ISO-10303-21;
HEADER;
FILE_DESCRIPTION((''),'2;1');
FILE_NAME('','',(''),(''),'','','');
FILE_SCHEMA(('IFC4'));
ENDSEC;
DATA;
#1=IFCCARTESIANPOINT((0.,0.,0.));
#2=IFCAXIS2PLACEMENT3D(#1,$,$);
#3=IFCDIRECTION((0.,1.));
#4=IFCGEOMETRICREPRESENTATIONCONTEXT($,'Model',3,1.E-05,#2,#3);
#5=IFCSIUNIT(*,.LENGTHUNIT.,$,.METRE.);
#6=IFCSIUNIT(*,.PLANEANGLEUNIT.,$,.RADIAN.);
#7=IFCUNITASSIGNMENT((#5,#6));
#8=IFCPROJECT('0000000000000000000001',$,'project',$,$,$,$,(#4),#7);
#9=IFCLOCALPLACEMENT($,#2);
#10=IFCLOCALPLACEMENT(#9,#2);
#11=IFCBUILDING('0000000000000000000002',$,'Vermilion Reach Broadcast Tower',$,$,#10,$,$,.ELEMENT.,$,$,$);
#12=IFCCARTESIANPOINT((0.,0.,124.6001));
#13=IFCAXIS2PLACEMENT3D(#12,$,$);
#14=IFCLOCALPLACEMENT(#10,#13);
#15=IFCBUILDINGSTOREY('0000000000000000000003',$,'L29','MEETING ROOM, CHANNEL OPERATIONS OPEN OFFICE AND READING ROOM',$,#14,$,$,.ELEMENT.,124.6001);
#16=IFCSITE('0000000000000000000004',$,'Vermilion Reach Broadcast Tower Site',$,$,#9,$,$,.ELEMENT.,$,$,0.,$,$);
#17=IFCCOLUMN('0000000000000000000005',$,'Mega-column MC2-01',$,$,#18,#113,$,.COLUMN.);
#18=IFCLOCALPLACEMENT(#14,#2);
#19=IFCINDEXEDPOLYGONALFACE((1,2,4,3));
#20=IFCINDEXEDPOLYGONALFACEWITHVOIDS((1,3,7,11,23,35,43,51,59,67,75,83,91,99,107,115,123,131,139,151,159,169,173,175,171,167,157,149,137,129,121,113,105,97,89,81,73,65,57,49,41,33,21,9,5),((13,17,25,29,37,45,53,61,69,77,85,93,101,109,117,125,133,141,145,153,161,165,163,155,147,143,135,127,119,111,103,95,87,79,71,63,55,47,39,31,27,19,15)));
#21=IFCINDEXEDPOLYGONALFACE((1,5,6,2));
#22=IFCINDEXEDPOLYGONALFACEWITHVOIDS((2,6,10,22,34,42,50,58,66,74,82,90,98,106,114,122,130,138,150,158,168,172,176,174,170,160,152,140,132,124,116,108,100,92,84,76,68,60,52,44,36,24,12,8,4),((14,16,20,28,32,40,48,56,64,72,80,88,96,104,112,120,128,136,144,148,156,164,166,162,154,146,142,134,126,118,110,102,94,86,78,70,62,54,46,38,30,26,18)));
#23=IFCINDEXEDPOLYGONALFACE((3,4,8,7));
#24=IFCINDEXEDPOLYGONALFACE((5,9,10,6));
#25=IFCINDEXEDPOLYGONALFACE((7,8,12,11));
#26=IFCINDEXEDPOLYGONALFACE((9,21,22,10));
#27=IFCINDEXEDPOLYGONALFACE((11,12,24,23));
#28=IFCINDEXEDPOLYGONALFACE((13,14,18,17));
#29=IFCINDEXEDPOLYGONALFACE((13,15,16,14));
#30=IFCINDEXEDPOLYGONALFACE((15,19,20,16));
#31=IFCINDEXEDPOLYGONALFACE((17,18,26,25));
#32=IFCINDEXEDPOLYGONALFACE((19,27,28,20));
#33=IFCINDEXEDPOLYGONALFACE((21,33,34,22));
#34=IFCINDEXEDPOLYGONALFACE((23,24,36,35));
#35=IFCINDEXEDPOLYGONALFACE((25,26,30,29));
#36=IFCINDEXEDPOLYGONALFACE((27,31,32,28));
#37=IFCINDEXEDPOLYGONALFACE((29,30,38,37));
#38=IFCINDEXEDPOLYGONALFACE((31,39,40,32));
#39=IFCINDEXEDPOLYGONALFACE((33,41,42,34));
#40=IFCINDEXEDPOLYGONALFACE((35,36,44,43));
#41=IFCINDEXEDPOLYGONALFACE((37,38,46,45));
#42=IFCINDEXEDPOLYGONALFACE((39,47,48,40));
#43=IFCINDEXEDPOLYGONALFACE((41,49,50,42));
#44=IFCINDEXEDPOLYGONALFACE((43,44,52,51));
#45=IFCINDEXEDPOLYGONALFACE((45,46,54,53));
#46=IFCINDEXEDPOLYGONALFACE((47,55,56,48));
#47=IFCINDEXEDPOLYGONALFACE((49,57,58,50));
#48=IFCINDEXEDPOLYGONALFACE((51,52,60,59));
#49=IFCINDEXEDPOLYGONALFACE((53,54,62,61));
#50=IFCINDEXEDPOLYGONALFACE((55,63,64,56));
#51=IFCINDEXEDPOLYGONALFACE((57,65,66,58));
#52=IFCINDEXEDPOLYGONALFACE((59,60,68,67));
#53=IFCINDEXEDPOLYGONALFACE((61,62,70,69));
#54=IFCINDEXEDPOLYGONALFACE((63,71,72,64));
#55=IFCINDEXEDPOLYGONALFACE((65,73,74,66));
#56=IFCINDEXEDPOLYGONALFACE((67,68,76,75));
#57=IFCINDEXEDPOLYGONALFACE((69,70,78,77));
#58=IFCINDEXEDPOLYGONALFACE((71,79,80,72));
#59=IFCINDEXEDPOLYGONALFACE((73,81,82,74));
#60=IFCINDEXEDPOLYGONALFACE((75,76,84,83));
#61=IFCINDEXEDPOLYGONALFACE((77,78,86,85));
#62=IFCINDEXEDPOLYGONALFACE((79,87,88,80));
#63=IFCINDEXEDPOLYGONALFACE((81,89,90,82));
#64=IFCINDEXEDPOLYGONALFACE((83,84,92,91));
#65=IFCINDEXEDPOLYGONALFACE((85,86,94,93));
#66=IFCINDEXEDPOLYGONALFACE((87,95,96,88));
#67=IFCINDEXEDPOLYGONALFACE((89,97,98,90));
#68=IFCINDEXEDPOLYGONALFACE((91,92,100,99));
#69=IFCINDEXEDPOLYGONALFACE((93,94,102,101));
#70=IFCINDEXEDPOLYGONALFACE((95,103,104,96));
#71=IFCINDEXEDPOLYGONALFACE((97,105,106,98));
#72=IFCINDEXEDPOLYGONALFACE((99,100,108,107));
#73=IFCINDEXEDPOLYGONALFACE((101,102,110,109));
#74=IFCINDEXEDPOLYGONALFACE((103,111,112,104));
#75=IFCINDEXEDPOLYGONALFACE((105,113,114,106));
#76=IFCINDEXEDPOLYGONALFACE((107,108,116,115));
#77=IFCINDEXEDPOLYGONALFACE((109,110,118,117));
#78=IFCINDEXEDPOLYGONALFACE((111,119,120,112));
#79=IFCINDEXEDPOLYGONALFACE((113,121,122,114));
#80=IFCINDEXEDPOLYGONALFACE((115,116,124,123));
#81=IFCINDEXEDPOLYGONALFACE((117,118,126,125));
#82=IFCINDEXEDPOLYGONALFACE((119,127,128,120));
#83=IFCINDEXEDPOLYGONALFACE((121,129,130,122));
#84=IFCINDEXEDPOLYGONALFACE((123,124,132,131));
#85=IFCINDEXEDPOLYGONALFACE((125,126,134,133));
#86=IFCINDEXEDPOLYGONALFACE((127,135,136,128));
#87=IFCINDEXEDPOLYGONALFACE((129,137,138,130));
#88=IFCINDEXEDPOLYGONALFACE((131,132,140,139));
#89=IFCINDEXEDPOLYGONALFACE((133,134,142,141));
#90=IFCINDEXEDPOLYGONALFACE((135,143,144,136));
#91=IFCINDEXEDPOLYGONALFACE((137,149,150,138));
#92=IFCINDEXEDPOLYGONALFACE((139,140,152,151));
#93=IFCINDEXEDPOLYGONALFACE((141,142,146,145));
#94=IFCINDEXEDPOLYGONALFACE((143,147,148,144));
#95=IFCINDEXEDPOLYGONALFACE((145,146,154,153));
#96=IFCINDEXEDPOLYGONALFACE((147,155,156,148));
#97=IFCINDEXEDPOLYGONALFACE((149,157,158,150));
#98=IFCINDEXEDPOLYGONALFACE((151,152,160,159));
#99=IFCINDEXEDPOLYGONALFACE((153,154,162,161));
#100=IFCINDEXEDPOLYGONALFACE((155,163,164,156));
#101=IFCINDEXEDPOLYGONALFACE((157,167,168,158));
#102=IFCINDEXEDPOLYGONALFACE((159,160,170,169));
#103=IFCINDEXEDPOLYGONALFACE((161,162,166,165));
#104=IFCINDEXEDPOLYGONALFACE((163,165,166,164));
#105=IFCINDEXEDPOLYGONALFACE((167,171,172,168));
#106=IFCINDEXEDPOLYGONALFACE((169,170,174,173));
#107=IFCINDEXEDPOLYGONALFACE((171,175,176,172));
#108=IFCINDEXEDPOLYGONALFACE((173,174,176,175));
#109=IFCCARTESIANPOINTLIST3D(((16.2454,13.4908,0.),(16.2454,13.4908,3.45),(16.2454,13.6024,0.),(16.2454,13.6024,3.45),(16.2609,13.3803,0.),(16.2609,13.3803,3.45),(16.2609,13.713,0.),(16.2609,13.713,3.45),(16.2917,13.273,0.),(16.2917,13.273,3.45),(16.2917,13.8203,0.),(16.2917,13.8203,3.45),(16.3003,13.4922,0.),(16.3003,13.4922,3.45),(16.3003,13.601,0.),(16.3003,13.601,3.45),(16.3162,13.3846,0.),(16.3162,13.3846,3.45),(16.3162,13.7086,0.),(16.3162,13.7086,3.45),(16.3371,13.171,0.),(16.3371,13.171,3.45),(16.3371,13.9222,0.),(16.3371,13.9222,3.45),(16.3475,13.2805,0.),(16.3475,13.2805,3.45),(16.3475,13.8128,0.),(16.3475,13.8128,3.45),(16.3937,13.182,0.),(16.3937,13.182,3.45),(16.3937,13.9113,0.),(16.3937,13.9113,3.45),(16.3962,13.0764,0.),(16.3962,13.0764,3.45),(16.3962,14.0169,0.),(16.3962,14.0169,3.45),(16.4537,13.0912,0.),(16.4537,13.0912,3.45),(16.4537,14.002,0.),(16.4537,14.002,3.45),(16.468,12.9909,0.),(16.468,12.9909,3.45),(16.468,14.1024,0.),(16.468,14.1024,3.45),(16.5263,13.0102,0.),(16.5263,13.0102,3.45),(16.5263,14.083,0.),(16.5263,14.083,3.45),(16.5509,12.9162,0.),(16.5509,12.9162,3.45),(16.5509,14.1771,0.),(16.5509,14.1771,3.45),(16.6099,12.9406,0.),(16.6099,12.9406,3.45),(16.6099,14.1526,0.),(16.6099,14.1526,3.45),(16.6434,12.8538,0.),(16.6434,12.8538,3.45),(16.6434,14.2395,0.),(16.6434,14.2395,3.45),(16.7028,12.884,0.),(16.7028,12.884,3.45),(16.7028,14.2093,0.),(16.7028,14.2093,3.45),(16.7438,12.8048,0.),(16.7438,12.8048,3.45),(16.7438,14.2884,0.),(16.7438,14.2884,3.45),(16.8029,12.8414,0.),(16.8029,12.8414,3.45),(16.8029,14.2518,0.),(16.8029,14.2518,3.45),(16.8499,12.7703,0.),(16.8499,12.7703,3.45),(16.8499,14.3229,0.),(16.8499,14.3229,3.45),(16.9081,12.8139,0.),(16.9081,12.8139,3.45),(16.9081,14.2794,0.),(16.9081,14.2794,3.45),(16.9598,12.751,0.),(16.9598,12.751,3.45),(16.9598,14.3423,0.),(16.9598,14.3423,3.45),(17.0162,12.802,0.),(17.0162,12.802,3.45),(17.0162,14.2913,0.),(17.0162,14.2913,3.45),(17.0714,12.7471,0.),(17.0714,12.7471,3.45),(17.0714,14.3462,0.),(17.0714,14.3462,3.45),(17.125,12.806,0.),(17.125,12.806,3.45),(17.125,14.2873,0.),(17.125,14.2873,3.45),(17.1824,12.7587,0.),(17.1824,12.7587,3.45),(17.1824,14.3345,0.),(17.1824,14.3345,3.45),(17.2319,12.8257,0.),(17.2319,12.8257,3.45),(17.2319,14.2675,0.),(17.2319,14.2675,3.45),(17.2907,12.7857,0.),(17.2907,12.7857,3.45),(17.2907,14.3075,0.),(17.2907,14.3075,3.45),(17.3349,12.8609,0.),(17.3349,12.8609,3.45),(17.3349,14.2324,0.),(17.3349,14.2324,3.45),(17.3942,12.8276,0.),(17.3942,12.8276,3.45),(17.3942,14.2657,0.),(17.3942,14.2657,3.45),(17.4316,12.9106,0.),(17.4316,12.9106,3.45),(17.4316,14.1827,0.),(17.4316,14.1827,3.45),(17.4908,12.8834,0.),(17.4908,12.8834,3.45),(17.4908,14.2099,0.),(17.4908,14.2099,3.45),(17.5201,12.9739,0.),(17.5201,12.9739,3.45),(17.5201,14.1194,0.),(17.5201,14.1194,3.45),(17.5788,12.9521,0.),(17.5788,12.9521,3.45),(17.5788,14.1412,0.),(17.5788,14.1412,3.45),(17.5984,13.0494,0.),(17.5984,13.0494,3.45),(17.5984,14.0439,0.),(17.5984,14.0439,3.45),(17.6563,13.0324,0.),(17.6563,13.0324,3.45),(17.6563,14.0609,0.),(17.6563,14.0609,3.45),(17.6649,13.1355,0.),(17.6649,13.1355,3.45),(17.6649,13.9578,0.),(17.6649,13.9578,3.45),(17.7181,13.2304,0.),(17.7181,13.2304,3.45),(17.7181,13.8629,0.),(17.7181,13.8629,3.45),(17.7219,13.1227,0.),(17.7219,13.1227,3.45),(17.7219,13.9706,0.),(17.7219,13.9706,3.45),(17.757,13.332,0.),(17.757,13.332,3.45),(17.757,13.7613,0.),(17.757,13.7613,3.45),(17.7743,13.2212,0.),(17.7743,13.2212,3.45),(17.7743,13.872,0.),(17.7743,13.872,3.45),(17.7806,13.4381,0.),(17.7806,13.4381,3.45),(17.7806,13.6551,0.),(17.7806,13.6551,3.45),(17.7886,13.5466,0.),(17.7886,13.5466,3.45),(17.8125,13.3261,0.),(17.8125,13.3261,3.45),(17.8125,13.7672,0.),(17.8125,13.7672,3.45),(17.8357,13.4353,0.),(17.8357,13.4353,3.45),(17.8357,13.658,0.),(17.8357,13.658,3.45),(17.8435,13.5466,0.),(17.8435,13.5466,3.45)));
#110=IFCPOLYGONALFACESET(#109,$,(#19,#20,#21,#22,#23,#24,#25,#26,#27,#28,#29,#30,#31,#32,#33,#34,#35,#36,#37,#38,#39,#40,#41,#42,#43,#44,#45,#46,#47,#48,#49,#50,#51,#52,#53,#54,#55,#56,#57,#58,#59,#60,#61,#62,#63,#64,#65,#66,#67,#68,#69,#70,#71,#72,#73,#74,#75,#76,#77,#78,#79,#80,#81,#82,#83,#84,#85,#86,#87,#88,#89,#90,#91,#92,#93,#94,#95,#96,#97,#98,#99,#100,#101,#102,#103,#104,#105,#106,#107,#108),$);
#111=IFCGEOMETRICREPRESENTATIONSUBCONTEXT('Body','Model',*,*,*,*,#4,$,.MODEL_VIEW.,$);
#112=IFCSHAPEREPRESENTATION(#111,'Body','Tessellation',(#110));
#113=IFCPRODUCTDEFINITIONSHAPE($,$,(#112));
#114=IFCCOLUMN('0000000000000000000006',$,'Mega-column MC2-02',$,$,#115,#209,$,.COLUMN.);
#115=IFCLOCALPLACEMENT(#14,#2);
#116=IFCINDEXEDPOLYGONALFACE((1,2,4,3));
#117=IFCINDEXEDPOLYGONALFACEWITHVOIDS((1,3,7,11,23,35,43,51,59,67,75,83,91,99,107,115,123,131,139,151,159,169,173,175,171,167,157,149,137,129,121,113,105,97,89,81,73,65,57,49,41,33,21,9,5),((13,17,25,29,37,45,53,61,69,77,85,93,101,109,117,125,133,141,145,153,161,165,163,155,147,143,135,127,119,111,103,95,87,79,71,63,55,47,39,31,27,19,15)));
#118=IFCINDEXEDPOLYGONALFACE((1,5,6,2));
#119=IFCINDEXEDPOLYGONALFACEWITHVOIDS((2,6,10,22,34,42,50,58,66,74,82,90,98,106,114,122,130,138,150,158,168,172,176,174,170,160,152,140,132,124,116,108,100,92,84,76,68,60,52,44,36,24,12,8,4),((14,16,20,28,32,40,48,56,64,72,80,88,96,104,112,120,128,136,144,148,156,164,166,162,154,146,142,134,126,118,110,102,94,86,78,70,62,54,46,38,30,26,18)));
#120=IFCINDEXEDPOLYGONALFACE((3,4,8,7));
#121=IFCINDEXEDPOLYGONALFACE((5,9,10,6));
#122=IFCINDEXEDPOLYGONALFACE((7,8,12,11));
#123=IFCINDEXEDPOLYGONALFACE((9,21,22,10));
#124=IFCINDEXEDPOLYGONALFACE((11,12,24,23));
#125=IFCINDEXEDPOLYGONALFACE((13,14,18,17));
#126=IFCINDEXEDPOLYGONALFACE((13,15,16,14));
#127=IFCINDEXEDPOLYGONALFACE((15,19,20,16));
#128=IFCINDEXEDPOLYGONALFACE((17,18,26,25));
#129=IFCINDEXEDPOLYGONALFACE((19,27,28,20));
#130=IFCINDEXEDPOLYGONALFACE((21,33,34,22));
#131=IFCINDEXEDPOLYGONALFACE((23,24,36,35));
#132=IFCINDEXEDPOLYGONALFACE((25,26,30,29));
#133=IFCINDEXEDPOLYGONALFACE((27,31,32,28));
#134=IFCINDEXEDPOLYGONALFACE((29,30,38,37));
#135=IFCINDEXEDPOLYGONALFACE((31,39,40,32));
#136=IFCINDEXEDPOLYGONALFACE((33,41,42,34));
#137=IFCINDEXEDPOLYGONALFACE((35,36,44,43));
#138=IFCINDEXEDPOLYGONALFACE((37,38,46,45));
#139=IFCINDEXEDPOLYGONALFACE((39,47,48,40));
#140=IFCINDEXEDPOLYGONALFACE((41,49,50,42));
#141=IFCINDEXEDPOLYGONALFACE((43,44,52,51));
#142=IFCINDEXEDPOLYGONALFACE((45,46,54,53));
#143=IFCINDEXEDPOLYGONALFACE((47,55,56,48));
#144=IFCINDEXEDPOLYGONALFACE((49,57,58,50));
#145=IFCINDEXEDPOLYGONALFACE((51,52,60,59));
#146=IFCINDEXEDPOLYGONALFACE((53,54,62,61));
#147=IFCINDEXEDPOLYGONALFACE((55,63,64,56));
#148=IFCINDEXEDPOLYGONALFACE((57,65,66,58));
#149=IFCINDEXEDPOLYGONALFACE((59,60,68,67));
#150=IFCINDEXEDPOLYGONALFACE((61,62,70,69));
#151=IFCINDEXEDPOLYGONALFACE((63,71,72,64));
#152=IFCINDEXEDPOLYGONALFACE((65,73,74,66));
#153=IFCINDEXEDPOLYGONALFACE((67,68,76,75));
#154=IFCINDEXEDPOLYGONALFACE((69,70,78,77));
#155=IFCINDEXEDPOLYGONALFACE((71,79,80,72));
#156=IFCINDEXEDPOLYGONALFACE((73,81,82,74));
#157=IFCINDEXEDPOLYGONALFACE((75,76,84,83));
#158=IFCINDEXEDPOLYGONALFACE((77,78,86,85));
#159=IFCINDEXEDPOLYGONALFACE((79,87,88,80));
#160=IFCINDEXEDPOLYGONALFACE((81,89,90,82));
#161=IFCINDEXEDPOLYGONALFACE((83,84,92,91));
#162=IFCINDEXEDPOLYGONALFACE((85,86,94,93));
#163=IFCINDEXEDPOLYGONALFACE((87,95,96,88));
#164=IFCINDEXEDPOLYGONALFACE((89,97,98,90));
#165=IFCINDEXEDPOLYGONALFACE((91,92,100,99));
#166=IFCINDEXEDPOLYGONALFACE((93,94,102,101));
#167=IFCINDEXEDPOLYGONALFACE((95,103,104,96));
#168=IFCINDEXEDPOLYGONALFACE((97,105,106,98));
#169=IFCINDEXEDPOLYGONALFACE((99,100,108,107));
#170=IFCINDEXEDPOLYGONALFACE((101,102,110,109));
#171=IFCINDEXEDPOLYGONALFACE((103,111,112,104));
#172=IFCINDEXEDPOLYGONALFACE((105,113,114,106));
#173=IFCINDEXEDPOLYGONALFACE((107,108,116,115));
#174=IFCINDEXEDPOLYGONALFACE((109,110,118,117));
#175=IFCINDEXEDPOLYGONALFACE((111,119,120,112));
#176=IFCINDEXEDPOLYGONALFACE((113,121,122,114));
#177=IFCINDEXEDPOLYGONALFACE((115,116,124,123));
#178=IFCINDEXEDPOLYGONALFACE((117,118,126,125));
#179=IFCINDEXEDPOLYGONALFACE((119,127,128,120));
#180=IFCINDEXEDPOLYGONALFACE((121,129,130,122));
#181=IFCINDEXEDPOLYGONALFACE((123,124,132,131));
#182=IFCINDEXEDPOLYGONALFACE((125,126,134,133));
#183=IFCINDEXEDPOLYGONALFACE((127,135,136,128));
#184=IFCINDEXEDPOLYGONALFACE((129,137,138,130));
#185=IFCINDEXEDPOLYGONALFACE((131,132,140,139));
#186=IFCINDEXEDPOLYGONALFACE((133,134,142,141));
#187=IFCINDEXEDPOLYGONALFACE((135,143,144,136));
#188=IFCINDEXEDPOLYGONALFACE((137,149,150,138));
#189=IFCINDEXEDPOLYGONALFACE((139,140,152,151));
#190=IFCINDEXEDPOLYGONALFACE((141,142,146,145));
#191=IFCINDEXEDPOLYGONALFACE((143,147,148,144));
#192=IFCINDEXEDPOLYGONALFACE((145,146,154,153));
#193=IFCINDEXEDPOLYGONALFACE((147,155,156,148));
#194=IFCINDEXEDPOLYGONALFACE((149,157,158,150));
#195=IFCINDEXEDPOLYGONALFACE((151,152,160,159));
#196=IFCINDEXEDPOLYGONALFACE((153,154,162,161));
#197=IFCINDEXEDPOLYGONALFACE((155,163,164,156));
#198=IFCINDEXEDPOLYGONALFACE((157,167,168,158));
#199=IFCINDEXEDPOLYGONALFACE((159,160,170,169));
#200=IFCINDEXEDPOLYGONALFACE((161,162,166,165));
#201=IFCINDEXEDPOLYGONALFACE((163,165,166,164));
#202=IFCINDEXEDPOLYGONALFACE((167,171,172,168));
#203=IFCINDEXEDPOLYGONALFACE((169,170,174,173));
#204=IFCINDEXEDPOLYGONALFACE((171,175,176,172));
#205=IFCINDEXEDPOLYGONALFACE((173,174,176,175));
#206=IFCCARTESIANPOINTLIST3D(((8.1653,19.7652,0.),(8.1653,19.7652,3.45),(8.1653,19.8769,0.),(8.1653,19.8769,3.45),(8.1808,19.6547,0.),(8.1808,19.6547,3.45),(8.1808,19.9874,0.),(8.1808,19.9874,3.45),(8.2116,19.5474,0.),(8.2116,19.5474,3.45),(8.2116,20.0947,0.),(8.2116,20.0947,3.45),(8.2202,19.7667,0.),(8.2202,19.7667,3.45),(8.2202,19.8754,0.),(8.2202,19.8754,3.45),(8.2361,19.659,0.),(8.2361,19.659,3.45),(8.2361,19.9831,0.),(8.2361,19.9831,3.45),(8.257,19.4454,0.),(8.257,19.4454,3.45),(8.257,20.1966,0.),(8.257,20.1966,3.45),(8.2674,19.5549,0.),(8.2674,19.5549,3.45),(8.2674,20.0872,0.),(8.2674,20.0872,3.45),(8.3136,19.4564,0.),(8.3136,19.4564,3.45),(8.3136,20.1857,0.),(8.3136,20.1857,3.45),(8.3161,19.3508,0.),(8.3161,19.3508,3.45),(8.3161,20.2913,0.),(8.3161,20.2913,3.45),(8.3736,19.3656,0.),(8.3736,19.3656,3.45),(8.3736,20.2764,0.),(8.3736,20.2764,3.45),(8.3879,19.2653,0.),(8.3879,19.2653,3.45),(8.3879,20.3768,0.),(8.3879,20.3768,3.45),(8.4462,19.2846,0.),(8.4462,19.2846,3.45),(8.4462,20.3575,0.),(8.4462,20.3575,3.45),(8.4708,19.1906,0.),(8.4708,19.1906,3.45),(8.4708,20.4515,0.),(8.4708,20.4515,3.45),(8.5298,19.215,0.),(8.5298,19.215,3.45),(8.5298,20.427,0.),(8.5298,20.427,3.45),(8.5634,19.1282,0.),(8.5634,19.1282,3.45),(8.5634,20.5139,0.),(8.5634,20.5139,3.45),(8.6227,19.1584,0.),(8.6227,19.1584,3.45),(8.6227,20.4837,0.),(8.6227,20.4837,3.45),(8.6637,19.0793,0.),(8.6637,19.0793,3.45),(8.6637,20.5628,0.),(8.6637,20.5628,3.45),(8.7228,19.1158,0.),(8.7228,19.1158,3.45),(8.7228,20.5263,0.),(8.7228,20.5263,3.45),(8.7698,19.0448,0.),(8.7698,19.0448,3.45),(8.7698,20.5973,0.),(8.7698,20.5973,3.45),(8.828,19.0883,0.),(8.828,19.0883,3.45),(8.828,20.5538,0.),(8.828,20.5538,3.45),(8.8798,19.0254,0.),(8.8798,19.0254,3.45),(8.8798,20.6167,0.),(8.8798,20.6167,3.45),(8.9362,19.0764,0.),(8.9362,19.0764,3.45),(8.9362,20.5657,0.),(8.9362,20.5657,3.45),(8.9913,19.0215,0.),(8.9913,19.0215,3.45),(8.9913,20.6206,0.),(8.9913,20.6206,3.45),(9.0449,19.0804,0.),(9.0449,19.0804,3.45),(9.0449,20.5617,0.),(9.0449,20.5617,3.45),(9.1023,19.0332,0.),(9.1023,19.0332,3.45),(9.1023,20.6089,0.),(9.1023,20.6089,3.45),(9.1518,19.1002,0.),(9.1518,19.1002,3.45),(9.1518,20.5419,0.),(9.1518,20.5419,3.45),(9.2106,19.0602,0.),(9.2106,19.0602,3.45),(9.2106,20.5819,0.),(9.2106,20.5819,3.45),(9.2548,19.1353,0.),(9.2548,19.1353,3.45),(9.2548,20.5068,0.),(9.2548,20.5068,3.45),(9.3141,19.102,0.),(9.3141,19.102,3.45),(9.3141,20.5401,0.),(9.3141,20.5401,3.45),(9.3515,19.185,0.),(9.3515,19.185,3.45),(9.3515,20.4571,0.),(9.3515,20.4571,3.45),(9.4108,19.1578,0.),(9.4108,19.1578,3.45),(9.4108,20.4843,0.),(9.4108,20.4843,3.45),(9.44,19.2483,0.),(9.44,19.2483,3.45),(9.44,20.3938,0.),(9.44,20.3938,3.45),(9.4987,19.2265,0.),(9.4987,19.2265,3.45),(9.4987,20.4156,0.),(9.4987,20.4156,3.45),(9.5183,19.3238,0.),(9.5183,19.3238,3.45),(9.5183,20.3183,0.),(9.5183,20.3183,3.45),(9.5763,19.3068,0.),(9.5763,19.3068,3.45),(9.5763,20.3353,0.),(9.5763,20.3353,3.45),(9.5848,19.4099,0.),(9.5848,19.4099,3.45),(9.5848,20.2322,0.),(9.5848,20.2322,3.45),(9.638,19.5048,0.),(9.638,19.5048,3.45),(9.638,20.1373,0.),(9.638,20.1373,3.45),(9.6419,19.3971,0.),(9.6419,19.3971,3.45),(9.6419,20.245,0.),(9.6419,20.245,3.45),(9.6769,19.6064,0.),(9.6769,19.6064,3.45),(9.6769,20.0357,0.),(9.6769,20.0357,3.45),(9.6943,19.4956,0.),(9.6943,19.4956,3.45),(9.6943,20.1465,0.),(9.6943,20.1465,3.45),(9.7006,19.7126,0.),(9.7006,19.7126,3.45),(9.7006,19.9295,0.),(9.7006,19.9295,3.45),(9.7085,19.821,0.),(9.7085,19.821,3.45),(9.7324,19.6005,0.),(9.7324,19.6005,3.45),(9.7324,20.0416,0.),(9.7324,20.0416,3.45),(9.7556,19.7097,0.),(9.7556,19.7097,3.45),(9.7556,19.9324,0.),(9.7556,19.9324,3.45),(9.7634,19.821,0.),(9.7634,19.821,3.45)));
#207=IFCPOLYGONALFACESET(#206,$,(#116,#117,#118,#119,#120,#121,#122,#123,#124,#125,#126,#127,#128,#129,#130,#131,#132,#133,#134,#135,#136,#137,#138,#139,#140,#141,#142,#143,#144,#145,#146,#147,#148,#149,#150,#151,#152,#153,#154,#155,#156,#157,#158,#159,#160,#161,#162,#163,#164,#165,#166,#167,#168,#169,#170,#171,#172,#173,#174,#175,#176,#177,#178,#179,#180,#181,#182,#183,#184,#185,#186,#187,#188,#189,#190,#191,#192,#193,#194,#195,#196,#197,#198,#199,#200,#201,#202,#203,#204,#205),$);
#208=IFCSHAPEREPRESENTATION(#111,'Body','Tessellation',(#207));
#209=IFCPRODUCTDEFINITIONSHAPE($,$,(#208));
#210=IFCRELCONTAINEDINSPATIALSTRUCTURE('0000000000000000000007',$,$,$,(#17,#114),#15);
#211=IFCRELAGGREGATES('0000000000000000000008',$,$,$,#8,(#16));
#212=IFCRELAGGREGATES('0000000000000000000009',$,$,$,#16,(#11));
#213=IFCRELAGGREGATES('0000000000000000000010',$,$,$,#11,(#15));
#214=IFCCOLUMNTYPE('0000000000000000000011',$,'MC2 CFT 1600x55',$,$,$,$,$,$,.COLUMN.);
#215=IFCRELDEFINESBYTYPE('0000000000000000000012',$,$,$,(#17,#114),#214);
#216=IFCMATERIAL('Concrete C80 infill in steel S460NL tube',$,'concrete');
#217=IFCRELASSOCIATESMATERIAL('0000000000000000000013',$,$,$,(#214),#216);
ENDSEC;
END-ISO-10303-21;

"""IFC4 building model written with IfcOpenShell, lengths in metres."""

from ifc_helpers import new_model, si_unit, direction, frame, origin, origin_2d, place, context, subcontext, project, spatial, hollow_circle, extrude, material, material_profile, profile_set, type_object, element, save


model = new_model("IFC4")

# Units and contexts
model_context = context("Model", 3, precision=1e-05, world=origin(), true_north=direction((0.0, 1.0)))
body_context = subcontext(model_context, "Body", "Model", "MODEL_VIEW")
ifc_project = project(units=[si_unit("LENGTHUNIT", "METRE"), si_unit("PLANEANGLEUNIT", "RADIAN")], contexts=[model_context])

# Site, building, storey
site_placement = place(None, origin())
site = spatial("IfcSite", under=ifc_project, at=site_placement, Name="Vermilion Reach Broadcast Tower Site", CompositionType="ELEMENT", RefElevation=0.0)
building_placement = place(site_placement, origin())
building = spatial("IfcBuilding", under=site, at=building_placement, Name="Vermilion Reach Broadcast Tower", CompositionType="ELEMENT")
storey_placement = place(building_placement, frame((0.0, 0.0, 124.6001)))
storey = spatial("IfcBuildingStorey", under=building, at=storey_placement, Name="L29", Description="MEETING ROOM, CHANNEL OPERATIONS OPEN OFFICE AND READING ROOM", CompositionType="ELEMENT", Elevation=124.6001)

# Columns
ifc_material_1 = material(Name="Concrete C80 infill in steel S460NL tube", Category="concrete")
ifc_material_profile_1 = material_profile(ifc_material_1, hollow_circle(Radius=0.8, WallThickness=0.0549, at=origin_2d()), Name="Concrete C80 infill in steel S460NL tube CFT 1600x55")
ifc_profile_set_1 = profile_set([ifc_material_profile_1], Name="Concrete C80 infill in steel S460NL tube")
column_type = type_object("IfcColumnType", Name="MC2 CFT 1600x55", PredefinedType="COLUMN", material=ifc_profile_set_1)
for number, where, z_axis, x_axis, name in (
    (1, (17.0435, 13.5466, 0.0), (0.0, 0.0, 1.0), (1.0, 0.0, 0.0), "Mega-column MC2-01"),
    (2, (8.9634, 19.821, 0.0), (0.0, 0.0, 1.0), (1.0, 0.0, 0.0), "Mega-column MC2-02"),
):
    element("IfcColumn", number, at=place(storey_placement, frame(where, z_axis=z_axis, x_axis=x_axis)), inside=storey, type_object=column_type, Name=name, PredefinedType="COLUMN", context=body_context, shape_type="SweptSolid", body=[
        extrude(hollow_circle(Radius=0.8, WallThickness=0.0549, at=origin_2d()), origin(), (0.0, 0.0, 1.0), 3.45),
    ])

save(model, "model.ifc")
